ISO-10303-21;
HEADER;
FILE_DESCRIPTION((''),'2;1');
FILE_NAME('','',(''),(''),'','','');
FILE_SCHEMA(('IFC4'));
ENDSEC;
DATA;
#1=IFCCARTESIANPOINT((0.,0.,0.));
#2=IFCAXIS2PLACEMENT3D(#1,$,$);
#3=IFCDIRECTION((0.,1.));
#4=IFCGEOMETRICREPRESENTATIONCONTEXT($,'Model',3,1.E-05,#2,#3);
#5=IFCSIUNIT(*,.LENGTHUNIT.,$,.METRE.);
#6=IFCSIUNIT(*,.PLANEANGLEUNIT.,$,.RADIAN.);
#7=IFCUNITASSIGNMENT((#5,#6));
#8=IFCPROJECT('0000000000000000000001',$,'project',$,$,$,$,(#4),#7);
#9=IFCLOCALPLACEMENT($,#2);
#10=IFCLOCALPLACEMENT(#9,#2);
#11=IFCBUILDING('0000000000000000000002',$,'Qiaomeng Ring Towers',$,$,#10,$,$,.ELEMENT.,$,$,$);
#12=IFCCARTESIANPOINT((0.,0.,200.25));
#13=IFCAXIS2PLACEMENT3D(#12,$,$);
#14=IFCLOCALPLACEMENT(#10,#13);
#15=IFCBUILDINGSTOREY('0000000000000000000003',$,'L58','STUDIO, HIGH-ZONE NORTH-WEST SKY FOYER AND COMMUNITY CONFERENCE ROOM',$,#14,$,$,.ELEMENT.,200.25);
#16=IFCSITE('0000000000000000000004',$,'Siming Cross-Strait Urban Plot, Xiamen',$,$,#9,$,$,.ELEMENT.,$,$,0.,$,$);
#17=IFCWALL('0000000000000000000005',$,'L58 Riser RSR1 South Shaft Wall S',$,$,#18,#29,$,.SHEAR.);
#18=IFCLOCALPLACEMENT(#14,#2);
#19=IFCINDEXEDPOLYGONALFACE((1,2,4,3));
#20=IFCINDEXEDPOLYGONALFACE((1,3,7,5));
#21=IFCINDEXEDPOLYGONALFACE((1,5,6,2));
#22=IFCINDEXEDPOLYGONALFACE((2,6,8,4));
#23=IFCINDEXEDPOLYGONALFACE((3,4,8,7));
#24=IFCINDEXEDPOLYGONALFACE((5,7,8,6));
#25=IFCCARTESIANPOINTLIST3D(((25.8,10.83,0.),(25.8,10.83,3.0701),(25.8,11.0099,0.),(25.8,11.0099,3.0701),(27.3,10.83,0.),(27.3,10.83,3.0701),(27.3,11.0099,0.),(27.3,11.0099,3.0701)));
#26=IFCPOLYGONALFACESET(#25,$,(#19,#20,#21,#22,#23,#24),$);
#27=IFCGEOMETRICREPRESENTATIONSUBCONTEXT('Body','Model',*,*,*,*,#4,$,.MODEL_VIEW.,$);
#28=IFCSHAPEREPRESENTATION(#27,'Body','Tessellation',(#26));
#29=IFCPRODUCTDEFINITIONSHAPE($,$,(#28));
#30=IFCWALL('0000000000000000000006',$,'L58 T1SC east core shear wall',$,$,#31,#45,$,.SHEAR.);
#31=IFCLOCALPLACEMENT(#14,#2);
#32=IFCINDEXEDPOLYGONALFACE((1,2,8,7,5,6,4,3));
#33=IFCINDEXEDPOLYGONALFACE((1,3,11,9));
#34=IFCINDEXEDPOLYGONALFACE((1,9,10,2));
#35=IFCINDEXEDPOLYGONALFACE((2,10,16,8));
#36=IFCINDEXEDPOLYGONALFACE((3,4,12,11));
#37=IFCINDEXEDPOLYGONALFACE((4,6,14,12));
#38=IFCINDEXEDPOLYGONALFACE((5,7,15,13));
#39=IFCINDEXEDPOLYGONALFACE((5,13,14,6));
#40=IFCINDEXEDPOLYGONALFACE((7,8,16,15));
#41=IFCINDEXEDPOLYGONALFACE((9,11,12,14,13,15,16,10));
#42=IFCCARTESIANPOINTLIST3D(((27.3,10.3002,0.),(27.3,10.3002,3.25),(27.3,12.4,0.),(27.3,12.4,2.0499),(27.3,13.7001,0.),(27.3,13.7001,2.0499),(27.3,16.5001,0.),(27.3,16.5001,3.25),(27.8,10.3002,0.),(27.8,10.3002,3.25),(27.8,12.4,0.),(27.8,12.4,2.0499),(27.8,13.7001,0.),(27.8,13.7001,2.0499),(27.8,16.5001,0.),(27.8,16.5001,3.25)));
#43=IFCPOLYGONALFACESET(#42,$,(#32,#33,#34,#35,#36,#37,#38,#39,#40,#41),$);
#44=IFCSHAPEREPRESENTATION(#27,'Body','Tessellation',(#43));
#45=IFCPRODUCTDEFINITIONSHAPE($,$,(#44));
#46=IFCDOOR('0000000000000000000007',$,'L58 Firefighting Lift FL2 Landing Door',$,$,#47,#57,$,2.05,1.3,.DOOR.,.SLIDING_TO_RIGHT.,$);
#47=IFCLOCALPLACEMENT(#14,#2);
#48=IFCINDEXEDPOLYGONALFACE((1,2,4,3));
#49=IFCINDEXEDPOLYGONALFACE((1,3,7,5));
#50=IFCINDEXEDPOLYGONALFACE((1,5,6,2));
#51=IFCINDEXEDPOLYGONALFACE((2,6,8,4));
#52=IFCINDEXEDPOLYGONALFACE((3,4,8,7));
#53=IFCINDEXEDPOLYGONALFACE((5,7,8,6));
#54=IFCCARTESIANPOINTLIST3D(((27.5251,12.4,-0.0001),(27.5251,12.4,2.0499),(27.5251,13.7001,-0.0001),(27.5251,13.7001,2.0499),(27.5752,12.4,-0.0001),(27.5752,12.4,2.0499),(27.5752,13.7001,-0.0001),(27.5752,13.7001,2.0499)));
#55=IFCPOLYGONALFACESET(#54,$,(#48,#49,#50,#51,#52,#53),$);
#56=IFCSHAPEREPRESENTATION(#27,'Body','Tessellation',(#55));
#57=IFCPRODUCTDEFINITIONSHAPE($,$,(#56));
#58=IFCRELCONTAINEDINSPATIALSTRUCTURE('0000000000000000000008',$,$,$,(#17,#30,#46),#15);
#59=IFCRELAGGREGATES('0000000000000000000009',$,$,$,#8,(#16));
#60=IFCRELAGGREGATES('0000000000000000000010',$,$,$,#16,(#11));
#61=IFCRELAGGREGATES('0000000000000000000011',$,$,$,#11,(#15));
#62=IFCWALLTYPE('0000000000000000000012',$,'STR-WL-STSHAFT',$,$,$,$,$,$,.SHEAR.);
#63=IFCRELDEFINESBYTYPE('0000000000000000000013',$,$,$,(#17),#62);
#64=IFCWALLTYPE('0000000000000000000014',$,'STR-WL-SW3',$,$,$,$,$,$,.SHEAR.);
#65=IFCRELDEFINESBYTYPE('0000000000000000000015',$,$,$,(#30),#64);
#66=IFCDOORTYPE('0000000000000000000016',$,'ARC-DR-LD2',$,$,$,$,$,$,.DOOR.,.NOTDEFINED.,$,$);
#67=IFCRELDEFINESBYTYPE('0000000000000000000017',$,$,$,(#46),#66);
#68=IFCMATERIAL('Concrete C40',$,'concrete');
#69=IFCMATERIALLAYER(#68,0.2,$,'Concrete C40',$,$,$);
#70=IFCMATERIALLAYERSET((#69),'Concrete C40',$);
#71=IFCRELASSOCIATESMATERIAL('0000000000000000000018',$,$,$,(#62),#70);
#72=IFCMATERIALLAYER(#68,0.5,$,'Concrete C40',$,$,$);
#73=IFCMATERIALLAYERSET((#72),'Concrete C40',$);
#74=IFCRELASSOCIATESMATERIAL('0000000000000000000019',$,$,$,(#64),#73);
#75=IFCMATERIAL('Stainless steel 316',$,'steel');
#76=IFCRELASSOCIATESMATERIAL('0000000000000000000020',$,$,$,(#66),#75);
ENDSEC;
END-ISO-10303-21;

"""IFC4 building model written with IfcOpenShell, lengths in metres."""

from ifc_helpers import new_model, si_unit, direction, frame, frame_2d, origin, place, context, subcontext, project, spatial, rectangle, extrude, source, transform, mapped, material, layer, layer_set, type_object, element, fill, save


model = new_model("IFC4")

# Units and contexts
model_context = context("Model", 3, precision=1e-05, world=origin(), true_north=direction((0.0, 1.0)))
body_context = subcontext(model_context, "Body", "Model", "MODEL_VIEW")
ifc_project = project(units=[si_unit("LENGTHUNIT", "METRE"), si_unit("PLANEANGLEUNIT", "RADIAN")], contexts=[model_context])

# Site, building, storey
site_placement = place(None, origin())
site = spatial("IfcSite", under=ifc_project, at=site_placement, Name="Siming Cross-Strait Urban Plot, Xiamen", CompositionType="ELEMENT", RefElevation=0.0)
building_placement = place(site_placement, origin())
building = spatial("IfcBuilding", under=site, at=building_placement, Name="Qiaomeng Ring Towers", CompositionType="ELEMENT")
storey_placement = place(building_placement, frame((0.0, 0.0, 200.25)))
storey = spatial("IfcBuildingStorey", under=building, at=storey_placement, Name="L58", Description="STUDIO, HIGH-ZONE NORTH-WEST SKY FOYER AND COMMUNITY CONFERENCE ROOM", CompositionType="ELEMENT", Elevation=200.25)

# Shared definitions
ifc_material_1 = material(Name="Concrete C40", Category="concrete")

# Wall
ifc_layer_1 = layer(ifc_material_1, 0.2, Name="Concrete C40")
ifc_layer_set_1 = layer_set([ifc_layer_1], Name="Concrete C40")
wall_type_1 = type_object("IfcWallType", Name="STR-WL-STSHAFT", PredefinedType="SHEAR", material=ifc_layer_set_1)
wall_1_placement = place(storey_placement, frame((25.8, 10.9199, 0.0), z_axis=(0.0, 0.0, 1.0), x_axis=(1.0, 0.0, 0.0)))
element("IfcWall", 1, at=wall_1_placement, inside=storey, type_object=wall_type_1, Name="L58 Riser RSR1 South Shaft Wall S", PredefinedType="SHEAR", context=body_context, shape_type="SweptSolid", body=[
    extrude(rectangle(XDim=1.5, YDim=0.1799, at=frame_2d((0.75, 0.0))), origin(), (0.0, 0.0, 1.0), 3.0701),
])

# Wall, opening, door
ifc_layer_2 = layer(ifc_material_1, 0.5, Name="Concrete C40")
ifc_layer_set_2 = layer_set([ifc_layer_2], Name="Concrete C40")
wall_type_2 = type_object("IfcWallType", Name="STR-WL-SW3", PredefinedType="SHEAR", material=ifc_layer_set_2)
wall_2_placement = place(storey_placement, frame((27.55, 10.3, 0.0), z_axis=(0.0, 0.0, 1.0), x_axis=(0.0, 1.0, 0.0)))
wall_2 = element("IfcWall", 2, at=wall_2_placement, inside=storey, type_object=wall_type_2, Name="L58 T1SC east core shear wall", PredefinedType="SHEAR", context=body_context, shape_type="SweptSolid", body=[
    extrude(rectangle(XDim=6.2, YDim=0.5, at=frame_2d((3.1001, 0.0))), origin(), (0.0, 0.0, 1.0), 3.25),
])
opening_1_placement = place(wall_2_placement, frame((2.1001, 0.0, 0.0)))
opening_1 = element("IfcOpeningElement", 3, at=opening_1_placement, cuts=wall_2, PredefinedType="OPENING", context=body_context, shape_type="SweptSolid", body=[
    extrude(rectangle(XDim=1.3, YDim=2.05, at=frame_2d((0.6499, 1.0249))), frame((0.0, 0.26, 0.0), z_axis=(0.0, -1.0, 0.0), x_axis=(1.0, 0.0, 0.0)), (0.0, 0.0, 1.0), 0.52),
])
ifc_material_2 = material(Name="Stainless steel 316", Category="steel")
door_type_1 = type_object("IfcDoorType", Name="ARC-DR-LD2", OperationType="NOTDEFINED", PredefinedType="DOOR", material=ifc_material_2)
shared_shape_1 = source(origin(), body_context, "Body", "SweptSolid", [
    extrude(rectangle(XDim=1.3, YDim=2.05, at=frame_2d((0.6499, 1.0249))), frame((0.0, 0.0249, 0.0), z_axis=(0.0, -1.0, 0.0), x_axis=(1.0, 0.0, 0.0)), (0.0, 0.0, 1.0), 0.05),
])
door_1_placement = place(opening_1_placement, origin())
door_1 = element("IfcDoor", 4, at=door_1_placement, inside=storey, type_object=door_type_1, Name="L58 Firefighting Lift FL2 Landing Door", OperationType="SLIDING_TO_RIGHT", OverallHeight=2.05, OverallWidth=1.3, PredefinedType="DOOR", context=body_context, shape_type="MappedRepresentation", body=[
    mapped(shared_shape_1, transform((0.0, 0.0, 0.0), x_axis=(1.0, 0.0, 0.0), y_axis=(0.0, 1.0, 0.0), z_axis=(0.0, 0.0, 1.0), scale=1.0)),
])
fill(opening_1, door_1)

save(model, "model.ifc")
